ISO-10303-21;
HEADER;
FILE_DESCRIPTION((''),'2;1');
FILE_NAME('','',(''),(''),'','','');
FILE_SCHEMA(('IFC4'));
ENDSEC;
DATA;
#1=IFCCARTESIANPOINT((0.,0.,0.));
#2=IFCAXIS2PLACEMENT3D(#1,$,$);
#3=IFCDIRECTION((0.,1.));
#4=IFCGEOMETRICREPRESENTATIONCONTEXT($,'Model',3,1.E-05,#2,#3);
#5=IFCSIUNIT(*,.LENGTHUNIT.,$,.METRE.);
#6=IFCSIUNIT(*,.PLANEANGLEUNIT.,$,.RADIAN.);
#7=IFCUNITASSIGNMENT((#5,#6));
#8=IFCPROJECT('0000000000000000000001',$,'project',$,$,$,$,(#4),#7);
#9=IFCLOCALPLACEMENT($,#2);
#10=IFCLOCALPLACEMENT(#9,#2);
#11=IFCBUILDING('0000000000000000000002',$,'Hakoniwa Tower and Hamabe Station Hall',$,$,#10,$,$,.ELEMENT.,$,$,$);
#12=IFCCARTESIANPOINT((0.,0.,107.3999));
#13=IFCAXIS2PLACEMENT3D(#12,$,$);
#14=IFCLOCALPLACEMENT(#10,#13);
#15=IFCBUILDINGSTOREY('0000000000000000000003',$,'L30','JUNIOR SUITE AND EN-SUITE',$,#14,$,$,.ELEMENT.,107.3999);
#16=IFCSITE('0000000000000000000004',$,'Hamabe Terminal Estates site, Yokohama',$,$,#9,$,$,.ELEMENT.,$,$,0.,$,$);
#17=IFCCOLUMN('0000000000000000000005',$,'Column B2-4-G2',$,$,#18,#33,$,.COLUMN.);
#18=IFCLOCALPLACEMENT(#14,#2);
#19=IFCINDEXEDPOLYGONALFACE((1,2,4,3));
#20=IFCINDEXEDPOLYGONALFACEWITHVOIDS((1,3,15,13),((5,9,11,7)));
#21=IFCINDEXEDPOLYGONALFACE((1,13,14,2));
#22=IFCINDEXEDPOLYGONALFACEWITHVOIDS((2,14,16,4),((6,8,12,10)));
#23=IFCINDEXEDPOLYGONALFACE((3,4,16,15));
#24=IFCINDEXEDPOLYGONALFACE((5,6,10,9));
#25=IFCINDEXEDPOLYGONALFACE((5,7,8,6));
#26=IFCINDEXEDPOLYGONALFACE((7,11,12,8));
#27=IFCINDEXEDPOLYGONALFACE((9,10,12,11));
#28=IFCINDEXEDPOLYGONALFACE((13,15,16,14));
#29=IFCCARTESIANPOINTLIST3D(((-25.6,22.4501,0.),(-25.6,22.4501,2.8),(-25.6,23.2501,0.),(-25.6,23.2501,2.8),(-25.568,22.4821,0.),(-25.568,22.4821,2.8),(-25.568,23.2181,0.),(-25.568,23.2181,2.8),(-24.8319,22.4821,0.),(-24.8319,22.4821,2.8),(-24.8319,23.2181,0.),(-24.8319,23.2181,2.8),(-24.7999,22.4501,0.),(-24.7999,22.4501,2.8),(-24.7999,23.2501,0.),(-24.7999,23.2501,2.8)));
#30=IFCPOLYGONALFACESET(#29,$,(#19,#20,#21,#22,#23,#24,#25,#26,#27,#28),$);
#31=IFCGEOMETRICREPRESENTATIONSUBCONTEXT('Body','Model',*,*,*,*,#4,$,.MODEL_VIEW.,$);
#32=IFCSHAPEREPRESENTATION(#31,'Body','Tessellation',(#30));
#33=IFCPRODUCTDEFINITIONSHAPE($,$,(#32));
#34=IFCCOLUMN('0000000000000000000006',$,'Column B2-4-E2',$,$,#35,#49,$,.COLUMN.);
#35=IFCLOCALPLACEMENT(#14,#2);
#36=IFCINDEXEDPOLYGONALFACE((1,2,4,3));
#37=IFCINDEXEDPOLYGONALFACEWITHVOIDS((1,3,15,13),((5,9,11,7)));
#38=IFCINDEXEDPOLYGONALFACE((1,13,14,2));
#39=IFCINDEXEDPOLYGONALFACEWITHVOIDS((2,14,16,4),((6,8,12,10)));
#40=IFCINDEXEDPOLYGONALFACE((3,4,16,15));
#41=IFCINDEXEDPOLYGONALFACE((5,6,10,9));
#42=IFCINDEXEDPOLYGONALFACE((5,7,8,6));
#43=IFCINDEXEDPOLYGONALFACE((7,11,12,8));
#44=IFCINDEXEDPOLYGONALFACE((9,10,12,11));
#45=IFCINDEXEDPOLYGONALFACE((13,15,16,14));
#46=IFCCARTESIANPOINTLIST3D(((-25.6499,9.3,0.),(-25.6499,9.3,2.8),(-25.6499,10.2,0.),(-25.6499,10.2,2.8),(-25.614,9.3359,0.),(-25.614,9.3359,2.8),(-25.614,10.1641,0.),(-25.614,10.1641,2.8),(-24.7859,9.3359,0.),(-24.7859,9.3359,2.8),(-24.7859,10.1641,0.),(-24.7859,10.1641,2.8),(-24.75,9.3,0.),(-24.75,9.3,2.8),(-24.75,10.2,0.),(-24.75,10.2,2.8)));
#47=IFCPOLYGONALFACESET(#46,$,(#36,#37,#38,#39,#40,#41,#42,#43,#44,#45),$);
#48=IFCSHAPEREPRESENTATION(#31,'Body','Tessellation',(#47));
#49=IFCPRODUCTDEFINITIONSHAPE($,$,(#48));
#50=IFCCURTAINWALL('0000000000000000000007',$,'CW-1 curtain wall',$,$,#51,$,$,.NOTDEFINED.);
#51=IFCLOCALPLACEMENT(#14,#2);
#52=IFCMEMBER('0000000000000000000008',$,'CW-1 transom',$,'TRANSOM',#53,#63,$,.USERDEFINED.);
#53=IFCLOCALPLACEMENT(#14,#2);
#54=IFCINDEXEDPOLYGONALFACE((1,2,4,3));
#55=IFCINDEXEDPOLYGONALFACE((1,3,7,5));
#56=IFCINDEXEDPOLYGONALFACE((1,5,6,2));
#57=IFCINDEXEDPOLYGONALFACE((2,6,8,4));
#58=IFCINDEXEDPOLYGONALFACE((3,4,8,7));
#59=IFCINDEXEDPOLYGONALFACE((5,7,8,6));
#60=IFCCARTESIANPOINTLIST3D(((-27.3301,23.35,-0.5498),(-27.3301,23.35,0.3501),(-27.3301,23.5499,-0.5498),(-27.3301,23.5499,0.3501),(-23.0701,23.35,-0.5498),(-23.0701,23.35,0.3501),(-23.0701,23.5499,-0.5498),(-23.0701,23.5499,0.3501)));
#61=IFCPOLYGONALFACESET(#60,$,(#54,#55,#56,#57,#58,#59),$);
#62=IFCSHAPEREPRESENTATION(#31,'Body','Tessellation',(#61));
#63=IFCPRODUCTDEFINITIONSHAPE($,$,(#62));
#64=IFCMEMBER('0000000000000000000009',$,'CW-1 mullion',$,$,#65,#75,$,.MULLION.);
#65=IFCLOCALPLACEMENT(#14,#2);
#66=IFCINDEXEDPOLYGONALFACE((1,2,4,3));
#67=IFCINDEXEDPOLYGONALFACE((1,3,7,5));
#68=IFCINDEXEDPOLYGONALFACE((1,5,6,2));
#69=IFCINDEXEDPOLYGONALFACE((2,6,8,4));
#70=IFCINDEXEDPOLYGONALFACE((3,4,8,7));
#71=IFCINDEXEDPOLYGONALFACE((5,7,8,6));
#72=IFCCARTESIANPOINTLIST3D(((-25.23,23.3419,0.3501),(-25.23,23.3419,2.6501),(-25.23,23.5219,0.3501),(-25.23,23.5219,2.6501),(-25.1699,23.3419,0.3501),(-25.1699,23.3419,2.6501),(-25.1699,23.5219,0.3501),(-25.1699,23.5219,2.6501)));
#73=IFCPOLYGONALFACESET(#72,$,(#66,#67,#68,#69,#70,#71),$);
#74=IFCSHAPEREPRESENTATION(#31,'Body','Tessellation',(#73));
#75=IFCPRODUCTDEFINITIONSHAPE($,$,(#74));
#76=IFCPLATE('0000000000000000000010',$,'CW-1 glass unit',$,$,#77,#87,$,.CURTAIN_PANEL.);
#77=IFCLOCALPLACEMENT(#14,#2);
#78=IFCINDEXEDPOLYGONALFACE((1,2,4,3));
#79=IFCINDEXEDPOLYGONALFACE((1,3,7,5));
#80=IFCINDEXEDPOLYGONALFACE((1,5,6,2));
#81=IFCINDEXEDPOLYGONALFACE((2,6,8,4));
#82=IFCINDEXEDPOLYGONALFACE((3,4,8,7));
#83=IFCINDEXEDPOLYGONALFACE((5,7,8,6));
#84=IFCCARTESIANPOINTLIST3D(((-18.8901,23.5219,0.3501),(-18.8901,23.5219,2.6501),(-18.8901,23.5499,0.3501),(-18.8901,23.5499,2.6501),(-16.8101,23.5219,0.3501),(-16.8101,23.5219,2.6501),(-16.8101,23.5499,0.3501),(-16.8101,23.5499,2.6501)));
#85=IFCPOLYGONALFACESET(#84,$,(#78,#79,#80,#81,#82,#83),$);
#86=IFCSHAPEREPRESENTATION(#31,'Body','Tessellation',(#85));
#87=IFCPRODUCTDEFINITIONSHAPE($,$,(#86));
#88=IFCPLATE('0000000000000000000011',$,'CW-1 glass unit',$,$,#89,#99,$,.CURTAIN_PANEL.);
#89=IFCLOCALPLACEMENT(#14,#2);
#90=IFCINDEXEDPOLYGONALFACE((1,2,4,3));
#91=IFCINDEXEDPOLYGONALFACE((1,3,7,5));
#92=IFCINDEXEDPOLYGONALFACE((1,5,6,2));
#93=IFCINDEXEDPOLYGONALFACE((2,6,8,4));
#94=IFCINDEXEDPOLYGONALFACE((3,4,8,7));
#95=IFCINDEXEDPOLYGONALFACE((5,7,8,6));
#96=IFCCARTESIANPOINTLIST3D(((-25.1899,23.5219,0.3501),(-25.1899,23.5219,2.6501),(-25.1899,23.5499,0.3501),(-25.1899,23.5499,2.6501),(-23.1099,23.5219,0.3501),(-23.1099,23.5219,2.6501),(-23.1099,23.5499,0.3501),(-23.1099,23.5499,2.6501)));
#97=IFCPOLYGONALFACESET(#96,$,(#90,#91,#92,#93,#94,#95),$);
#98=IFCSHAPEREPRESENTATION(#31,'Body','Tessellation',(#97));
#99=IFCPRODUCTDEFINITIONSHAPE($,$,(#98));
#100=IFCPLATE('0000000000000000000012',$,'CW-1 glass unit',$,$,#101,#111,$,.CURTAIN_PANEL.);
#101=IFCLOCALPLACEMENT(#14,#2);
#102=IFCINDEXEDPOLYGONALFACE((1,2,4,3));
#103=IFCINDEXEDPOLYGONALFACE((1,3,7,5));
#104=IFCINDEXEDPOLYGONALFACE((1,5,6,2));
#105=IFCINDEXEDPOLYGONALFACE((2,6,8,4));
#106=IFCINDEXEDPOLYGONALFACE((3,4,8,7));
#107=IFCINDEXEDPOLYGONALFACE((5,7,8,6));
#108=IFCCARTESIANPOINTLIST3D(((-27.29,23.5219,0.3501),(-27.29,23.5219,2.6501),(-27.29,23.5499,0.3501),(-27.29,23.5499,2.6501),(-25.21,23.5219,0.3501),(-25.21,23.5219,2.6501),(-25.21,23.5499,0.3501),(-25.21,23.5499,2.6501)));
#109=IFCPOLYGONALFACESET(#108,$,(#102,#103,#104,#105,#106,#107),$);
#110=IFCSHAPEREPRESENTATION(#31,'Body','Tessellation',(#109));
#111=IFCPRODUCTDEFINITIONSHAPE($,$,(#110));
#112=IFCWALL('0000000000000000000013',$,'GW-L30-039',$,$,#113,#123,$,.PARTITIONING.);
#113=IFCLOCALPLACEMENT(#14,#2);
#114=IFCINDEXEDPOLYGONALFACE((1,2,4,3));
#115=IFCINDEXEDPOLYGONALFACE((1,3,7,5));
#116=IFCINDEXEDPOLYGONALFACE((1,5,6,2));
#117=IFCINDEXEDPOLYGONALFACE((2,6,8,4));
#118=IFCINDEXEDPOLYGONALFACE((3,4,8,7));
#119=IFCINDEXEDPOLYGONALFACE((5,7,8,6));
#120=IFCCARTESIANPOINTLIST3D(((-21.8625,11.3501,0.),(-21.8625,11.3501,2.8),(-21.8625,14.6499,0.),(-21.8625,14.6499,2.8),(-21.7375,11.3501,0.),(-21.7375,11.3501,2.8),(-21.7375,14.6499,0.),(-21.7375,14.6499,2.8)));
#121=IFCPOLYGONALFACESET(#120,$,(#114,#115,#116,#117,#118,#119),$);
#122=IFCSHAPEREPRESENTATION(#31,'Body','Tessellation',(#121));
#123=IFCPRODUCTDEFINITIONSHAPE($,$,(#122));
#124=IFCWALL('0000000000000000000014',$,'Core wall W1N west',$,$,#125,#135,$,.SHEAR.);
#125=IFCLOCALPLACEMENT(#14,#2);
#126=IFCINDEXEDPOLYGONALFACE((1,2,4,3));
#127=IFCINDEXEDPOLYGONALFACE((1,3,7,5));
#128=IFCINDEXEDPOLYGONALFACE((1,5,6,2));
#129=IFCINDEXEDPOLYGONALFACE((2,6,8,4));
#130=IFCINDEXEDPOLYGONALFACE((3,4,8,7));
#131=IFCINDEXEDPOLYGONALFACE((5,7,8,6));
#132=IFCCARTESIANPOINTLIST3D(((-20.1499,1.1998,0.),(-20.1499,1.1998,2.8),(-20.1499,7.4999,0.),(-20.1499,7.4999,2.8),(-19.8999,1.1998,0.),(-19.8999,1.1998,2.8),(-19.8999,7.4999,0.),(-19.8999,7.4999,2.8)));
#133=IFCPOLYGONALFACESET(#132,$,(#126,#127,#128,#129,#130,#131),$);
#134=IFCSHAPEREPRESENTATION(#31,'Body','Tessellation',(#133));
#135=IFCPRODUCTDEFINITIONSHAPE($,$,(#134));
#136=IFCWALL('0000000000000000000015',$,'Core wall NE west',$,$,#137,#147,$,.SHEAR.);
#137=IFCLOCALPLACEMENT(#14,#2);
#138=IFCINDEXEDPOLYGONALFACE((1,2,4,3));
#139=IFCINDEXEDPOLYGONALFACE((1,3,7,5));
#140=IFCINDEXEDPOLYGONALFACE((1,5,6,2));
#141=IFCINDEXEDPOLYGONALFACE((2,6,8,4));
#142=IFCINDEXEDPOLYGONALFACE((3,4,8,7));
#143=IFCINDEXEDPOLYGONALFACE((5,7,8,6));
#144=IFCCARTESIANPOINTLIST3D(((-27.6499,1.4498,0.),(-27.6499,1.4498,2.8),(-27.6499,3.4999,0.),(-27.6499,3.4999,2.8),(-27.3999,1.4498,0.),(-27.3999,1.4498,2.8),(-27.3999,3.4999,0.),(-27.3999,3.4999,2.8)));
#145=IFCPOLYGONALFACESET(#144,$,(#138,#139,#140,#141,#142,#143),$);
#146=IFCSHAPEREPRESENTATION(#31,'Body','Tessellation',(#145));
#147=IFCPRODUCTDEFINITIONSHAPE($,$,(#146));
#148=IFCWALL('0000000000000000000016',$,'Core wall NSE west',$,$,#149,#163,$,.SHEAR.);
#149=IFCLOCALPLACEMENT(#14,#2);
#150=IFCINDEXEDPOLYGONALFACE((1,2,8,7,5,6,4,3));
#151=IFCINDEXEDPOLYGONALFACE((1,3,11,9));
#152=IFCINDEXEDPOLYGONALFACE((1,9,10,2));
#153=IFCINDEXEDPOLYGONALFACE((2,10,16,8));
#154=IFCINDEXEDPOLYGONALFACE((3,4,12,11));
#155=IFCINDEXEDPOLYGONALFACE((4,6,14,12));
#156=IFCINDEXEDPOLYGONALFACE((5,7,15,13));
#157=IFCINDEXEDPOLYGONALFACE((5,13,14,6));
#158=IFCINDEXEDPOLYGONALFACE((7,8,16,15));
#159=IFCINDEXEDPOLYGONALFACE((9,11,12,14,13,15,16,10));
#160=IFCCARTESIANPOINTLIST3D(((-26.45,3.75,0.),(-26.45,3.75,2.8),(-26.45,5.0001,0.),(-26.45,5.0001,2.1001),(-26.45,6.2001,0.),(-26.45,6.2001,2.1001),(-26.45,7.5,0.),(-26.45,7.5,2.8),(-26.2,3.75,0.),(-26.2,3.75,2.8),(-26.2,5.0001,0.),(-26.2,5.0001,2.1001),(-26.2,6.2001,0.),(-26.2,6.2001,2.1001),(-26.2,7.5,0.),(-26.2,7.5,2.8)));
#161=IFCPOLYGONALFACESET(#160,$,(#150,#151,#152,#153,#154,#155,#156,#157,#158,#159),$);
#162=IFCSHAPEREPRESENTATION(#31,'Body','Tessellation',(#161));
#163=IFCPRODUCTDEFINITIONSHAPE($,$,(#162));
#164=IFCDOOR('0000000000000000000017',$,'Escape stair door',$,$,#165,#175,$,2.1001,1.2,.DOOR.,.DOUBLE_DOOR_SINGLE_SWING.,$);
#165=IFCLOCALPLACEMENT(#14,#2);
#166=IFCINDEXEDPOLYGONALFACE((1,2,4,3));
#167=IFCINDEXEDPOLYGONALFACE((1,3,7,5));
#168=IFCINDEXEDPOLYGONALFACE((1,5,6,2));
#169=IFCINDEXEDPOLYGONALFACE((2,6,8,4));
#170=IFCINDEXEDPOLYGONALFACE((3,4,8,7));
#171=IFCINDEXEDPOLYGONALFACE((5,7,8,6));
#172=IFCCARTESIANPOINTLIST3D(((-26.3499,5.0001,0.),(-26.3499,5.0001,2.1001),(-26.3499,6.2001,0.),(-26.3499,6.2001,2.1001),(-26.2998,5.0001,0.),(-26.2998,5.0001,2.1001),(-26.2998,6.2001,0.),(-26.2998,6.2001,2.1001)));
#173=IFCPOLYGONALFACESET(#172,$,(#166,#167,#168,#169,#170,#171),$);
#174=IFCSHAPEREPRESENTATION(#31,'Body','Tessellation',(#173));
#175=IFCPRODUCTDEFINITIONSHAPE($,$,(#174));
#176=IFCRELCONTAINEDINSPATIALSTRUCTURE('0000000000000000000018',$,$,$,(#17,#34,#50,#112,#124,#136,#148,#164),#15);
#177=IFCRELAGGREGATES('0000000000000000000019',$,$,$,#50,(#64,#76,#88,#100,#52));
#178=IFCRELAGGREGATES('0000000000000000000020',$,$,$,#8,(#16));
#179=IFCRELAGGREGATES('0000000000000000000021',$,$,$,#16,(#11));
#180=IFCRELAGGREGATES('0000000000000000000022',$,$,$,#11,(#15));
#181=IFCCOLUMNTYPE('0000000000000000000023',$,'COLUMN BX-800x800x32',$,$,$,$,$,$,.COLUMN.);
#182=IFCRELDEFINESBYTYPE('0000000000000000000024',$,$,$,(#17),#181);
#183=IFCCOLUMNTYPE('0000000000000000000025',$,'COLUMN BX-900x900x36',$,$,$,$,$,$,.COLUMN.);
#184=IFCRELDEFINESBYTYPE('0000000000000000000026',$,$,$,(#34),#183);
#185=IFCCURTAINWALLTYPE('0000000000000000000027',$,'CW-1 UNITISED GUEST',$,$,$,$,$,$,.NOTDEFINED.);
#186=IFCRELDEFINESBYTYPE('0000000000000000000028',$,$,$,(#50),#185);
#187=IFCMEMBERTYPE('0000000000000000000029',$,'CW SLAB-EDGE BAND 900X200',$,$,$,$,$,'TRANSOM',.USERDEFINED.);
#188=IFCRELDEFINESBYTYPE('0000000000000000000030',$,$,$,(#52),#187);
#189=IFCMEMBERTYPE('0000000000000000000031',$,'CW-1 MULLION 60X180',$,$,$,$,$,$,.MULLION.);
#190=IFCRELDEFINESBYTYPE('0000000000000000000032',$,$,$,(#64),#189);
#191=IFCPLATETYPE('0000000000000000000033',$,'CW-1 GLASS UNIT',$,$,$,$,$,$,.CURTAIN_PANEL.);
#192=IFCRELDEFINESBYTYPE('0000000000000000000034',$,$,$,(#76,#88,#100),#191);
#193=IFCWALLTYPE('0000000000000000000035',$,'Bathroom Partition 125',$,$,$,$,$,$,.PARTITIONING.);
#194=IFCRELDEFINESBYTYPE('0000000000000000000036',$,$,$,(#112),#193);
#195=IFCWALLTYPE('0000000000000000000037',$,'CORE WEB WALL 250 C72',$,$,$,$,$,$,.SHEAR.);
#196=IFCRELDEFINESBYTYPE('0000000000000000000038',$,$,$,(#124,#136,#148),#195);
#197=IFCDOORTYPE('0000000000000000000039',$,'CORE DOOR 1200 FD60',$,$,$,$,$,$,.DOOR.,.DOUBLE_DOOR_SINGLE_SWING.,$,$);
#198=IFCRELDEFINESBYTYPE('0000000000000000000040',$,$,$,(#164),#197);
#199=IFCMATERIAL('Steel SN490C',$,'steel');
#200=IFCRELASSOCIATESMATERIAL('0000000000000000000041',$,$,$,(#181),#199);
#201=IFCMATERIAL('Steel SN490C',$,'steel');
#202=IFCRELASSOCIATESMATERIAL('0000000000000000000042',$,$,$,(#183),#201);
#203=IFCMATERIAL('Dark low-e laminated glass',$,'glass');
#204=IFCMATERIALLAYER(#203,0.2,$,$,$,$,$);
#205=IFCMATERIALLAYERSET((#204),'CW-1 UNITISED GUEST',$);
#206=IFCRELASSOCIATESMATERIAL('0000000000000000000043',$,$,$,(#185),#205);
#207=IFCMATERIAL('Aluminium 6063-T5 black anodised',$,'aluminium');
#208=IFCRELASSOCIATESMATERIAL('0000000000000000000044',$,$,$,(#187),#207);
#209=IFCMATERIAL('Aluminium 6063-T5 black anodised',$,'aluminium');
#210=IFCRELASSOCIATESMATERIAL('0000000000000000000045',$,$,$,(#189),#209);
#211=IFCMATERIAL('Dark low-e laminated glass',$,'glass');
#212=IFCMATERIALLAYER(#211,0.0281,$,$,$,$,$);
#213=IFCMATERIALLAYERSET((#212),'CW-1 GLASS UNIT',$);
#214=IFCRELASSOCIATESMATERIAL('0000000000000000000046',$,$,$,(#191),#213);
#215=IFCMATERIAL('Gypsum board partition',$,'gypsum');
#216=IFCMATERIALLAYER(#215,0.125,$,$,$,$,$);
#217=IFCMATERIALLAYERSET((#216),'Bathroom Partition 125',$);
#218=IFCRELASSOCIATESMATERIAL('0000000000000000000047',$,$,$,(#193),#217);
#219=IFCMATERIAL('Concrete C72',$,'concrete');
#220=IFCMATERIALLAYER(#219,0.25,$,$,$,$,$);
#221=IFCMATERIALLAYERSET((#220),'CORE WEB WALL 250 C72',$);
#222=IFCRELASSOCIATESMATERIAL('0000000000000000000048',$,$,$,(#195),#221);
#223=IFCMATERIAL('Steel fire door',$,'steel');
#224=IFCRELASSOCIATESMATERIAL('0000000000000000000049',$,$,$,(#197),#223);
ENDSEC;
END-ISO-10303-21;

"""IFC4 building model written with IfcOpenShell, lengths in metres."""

from ifc_helpers import new_model, si_unit, direction, frame, frame_2d, origin, origin_2d, place, context, subcontext, project, spatial, rectangle, hollow_rectangle, extrude, material, layer, layer_set, material_profile, profile_set, type_object, element, fill, aggregate, save


model = new_model("IFC4")

# Units and contexts
model_context = context("Model", 3, precision=1e-05, world=origin(), true_north=direction((0.0, 1.0)))
body_context = subcontext(model_context, "Body", "Model", "MODEL_VIEW")
ifc_project = project(units=[si_unit("LENGTHUNIT", "METRE"), si_unit("PLANEANGLEUNIT", "RADIAN")], contexts=[model_context])

# Site, building, storey
site_placement = place(None, origin())
site = spatial("IfcSite", under=ifc_project, at=site_placement, Name="Hamabe Terminal Estates site, Yokohama", CompositionType="ELEMENT", RefElevation=0.0)
building_placement = place(site_placement, origin())
building = spatial("IfcBuilding", under=site, at=building_placement, Name="Hakoniwa Tower and Hamabe Station Hall", CompositionType="ELEMENT")
storey_placement = place(building_placement, frame((0.0, 0.0, 107.3999)))
storey = spatial("IfcBuildingStorey", under=building, at=storey_placement, Name="L30", Description="JUNIOR SUITE AND EN-SUITE", CompositionType="ELEMENT", Elevation=107.3999)

# Columns
ifc_material_1 = material(Name="Steel SN490C", Category="steel")
ifc_material_profile_1 = material_profile(ifc_material_1, hollow_rectangle(XDim=0.8, YDim=0.8, WallThickness=0.032, at=origin_2d()), Name="BX-800x800x32")
ifc_profile_set_1 = profile_set([ifc_material_profile_1], Name="Steel SN490C")
column_type_1 = type_object("IfcColumnType", Name="COLUMN BX-800x800x32", PredefinedType="COLUMN", material=ifc_profile_set_1)
column_1_placement = place(storey_placement, frame((-25.2, 22.8501, 0.0), z_axis=(0.0, 0.0, 1.0), x_axis=(1.0, 0.0, 0.0)))
element("IfcColumn", 1, at=column_1_placement, inside=storey, type_object=column_type_1, Name="Column B2-4-G2", PredefinedType="COLUMN", context=body_context, shape_type="SweptSolid", body=[
    extrude(hollow_rectangle(XDim=0.8, YDim=0.8, WallThickness=0.032, at=origin_2d()), origin(), (0.0, 0.0, 1.0), 2.8),
])
ifc_material_2 = material(Name="Steel SN490C", Category="steel")
ifc_material_profile_2 = material_profile(ifc_material_2, hollow_rectangle(XDim=0.8999, YDim=0.8999, WallThickness=0.0359, at=origin_2d()), Name="BX-900x900x36")
ifc_profile_set_2 = profile_set([ifc_material_profile_2], Name="Steel SN490C")
column_type_2 = type_object("IfcColumnType", Name="COLUMN BX-900x900x36", PredefinedType="COLUMN", material=ifc_profile_set_2)
column_2_placement = place(storey_placement, frame((-25.2, 9.75, 0.0), z_axis=(0.0, 0.0, 1.0), x_axis=(1.0, 0.0, 0.0)))
element("IfcColumn", 2, at=column_2_placement, inside=storey, type_object=column_type_2, Name="Column B2-4-E2", PredefinedType="COLUMN", context=body_context, shape_type="SweptSolid", body=[
    extrude(hollow_rectangle(XDim=0.8999, YDim=0.8999, WallThickness=0.0359, at=origin_2d()), origin(), (0.0, 0.0, 1.0), 2.8),
])

# Curtain wall, members, plates
ifc_material_3 = material(Name="Dark low-e laminated glass", Category="glass")
ifc_layer_1 = layer(ifc_material_3, 0.2)
ifc_layer_set_1 = layer_set([ifc_layer_1], Name="CW-1 UNITISED GUEST")
curtain_wall_type = type_object("IfcCurtainWallType", Name="CW-1 UNITISED GUEST", PredefinedType="NOTDEFINED", material=ifc_layer_set_1)
curtain_wall_placement = place(storey_placement, origin())
curtain_wall = element("IfcCurtainWall", 3, at=curtain_wall_placement, inside=storey, type_object=curtain_wall_type, Name="CW-1 curtain wall", PredefinedType="NOTDEFINED")
ifc_material_4 = material(Name="Aluminium 6063-T5 black anodised", Category="aluminium")
ifc_material_profile_3 = material_profile(ifc_material_4, rectangle(XDim=0.2, YDim=0.8999, at=origin_2d()), Name="CW SLAB-EDGE BAND 900X200")
ifc_profile_set_3 = profile_set([ifc_material_profile_3], Name="Aluminium 6063-T5 black anodised")
member_type_1 = type_object("IfcMemberType", Name="CW SLAB-EDGE BAND 900X200", ElementType="TRANSOM", PredefinedType="USERDEFINED", material=ifc_profile_set_3)
member_1_placement = place(storey_placement, frame((-23.0701, 23.45, -0.0999), z_axis=(-1.0, 0.0, 0.0), x_axis=(0.0, -1.0, 0.0)))
member_1 = element("IfcMember", 4, at=member_1_placement, type_object=member_type_1, Name="CW-1 transom", ObjectType="TRANSOM", PredefinedType="USERDEFINED", context=body_context, shape_type="SweptSolid", body=[
    extrude(rectangle(XDim=0.2, YDim=0.8999, at=origin_2d()), origin(), (0.0, 0.0, 1.0), 4.26),
])
ifc_material_5 = material(Name="Aluminium 6063-T5 black anodised", Category="aluminium")
ifc_material_profile_4 = material_profile(ifc_material_5, rectangle(XDim=0.0601, YDim=0.1799, at=origin_2d()), Name="CW-1 MULLION 60X180")
ifc_profile_set_4 = profile_set([ifc_material_profile_4], Name="Aluminium 6063-T5 black anodised")
member_type_2 = type_object("IfcMemberType", Name="CW-1 MULLION 60X180", PredefinedType="MULLION", material=ifc_profile_set_4)
member_2_placement = place(storey_placement, frame((-25.2, 23.4319, 0.3501), z_axis=(0.0, 0.0, 1.0), x_axis=(-1.0, 0.0, 0.0)))
member_2 = element("IfcMember", 5, at=member_2_placement, type_object=member_type_2, Name="CW-1 mullion", PredefinedType="MULLION", context=body_context, shape_type="SweptSolid", body=[
    extrude(rectangle(XDim=0.0601, YDim=0.1799, at=origin_2d()), origin(), (0.0, 0.0, 1.0), 2.3),
])
ifc_material_6 = material(Name="Dark low-e laminated glass", Category="glass")
ifc_layer_2 = layer(ifc_material_6, 0.0281)
ifc_layer_set_2 = layer_set([ifc_layer_2], Name="CW-1 GLASS UNIT")
plate_type = type_object("IfcPlateType", Name="CW-1 GLASS UNIT", PredefinedType="CURTAIN_PANEL", material=ifc_layer_set_2)
plate_1_placement = place(storey_placement, frame((-17.8501, 23.5359, 0.3501), z_axis=(0.0, 0.0, 1.0), x_axis=(-1.0, 0.0, 0.0)))
plate_1 = element("IfcPlate", 6, at=plate_1_placement, type_object=plate_type, Name="CW-1 glass unit", PredefinedType="CURTAIN_PANEL", context=body_context, shape_type="SweptSolid", body=[
    extrude(rectangle(XDim=2.0801, YDim=0.0281, at=origin_2d()), origin(), (0.0, 0.0, 1.0), 2.3),
])
plate_2_placement = place(storey_placement, frame((-24.1499, 23.5359, 0.3501), z_axis=(0.0, 0.0, 1.0), x_axis=(-1.0, 0.0, 0.0)))
plate_2 = element("IfcPlate", 7, at=plate_2_placement, type_object=plate_type, Name="CW-1 glass unit", PredefinedType="CURTAIN_PANEL", context=body_context, shape_type="SweptSolid", body=[
    extrude(rectangle(XDim=2.0801, YDim=0.0281, at=origin_2d()), origin(), (0.0, 0.0, 1.0), 2.3),
])
plate_3_placement = place(storey_placement, frame((-26.25, 23.5359, 0.3501), z_axis=(0.0, 0.0, 1.0), x_axis=(-1.0, 0.0, 0.0)))
plate_3 = element("IfcPlate", 8, at=plate_3_placement, type_object=plate_type, Name="CW-1 glass unit", PredefinedType="CURTAIN_PANEL", context=body_context, shape_type="SweptSolid", body=[
    extrude(rectangle(XDim=2.0801, YDim=0.0281, at=origin_2d()), origin(), (0.0, 0.0, 1.0), 2.3),
])

# Walls
ifc_material_7 = material(Name="Gypsum board partition", Category="gypsum")
ifc_layer_3 = layer(ifc_material_7, 0.125)
ifc_layer_set_3 = layer_set([ifc_layer_3], Name="Bathroom Partition 125")
wall_type_1 = type_object("IfcWallType", Name="Bathroom Partition 125", PredefinedType="PARTITIONING", material=ifc_layer_set_3)
wall_1_placement = place(storey_placement, frame((-21.8, 11.3501, 0.0), z_axis=(0.0, 0.0, 1.0), x_axis=(0.0, 1.0, 0.0)))
element("IfcWall", 9, at=wall_1_placement, inside=storey, type_object=wall_type_1, Name="GW-L30-039", PredefinedType="PARTITIONING", context=body_context, shape_type="SweptSolid", body=[
    extrude(rectangle(XDim=3.2998, YDim=0.125, at=frame_2d((1.6499, 0.0))), origin(), (0.0, 0.0, 1.0), 2.8),
])
ifc_material_8 = material(Name="Concrete C72", Category="concrete")
ifc_layer_4 = layer(ifc_material_8, 0.25)
ifc_layer_set_4 = layer_set([ifc_layer_4], Name="CORE WEB WALL 250 C72")
wall_type_2 = type_object("IfcWallType", Name="CORE WEB WALL 250 C72", PredefinedType="SHEAR", material=ifc_layer_set_4)
wall_2_placement = place(storey_placement, frame((-20.0249, 1.2, 0.0), z_axis=(0.0, 0.0, 1.0), x_axis=(0.0, 1.0, 0.0)))
element("IfcWall", 10, at=wall_2_placement, inside=storey, type_object=wall_type_2, Name="Core wall W1N west", PredefinedType="SHEAR", context=body_context, shape_type="SweptSolid", body=[
    extrude(rectangle(XDim=6.3, YDim=0.25, at=frame_2d((3.1499, 0.0))), origin(), (0.0, 0.0, 1.0), 2.8),
])
wall_3_placement = place(storey_placement, frame((-27.5249, 1.45, 0.0), z_axis=(0.0, 0.0, 1.0), x_axis=(0.0, 1.0, 0.0)))
element("IfcWall", 11, at=wall_3_placement, inside=storey, type_object=wall_type_2, Name="Core wall NE west", PredefinedType="SHEAR", context=body_context, shape_type="SweptSolid", body=[
    extrude(rectangle(XDim=2.05, YDim=0.25, at=frame_2d((1.0249, 0.0))), origin(), (0.0, 0.0, 1.0), 2.8),
])

# Wall, opening, door
wall_4_placement = place(storey_placement, frame((-26.325, 3.75, 0.0), z_axis=(0.0, 0.0, 1.0), x_axis=(0.0, 1.0, 0.0)))
wall_4 = element("IfcWall", 12, at=wall_4_placement, inside=storey, type_object=wall_type_2, Name="Core wall NSE west", PredefinedType="SHEAR", context=body_context, shape_type="SweptSolid", body=[
    extrude(rectangle(XDim=3.75, YDim=0.25, at=frame_2d((1.875, 0.0))), origin(), (0.0, 0.0, 1.0), 2.8),
])
opening_1_placement = place(wall_4_placement, frame((1.25, 0.0, 0.0)))
opening_1 = element("IfcOpeningElement", 13, at=opening_1_placement, cuts=wall_4, PredefinedType="OPENING", context=body_context, shape_type="SweptSolid", body=[
    extrude(rectangle(XDim=1.2, YDim=2.1001, at=frame_2d((0.6001, 1.05))), frame((0.0, 0.135, 0.0), z_axis=(0.0, -1.0, 0.0), x_axis=(1.0, 0.0, 0.0)), (0.0, 0.0, 1.0), 0.27),
])
ifc_material_9 = material(Name="Steel fire door", Category="steel")
door_type_1 = type_object("IfcDoorType", Name="CORE DOOR 1200 FD60", OperationType="DOUBLE_DOOR_SINGLE_SWING", PredefinedType="DOOR", material=ifc_material_9)
door_1_placement = place(opening_1_placement, origin())
door_1 = element("IfcDoor", 14, at=door_1_placement, inside=storey, type_object=door_type_1, Name="Escape stair door", OperationType="DOUBLE_DOOR_SINGLE_SWING", OverallHeight=2.1001, OverallWidth=1.2, PredefinedType="DOOR", context=body_context, shape_type="SweptSolid", body=[
    extrude(rectangle(XDim=1.2, YDim=2.1001, at=frame_2d((0.6001, 1.05))), frame((0.0, 0.0249, 0.0), z_axis=(0.0, -1.0, 0.0), x_axis=(1.0, 0.0, 0.0)), (0.0, 0.0, 1.0), 0.05),
])
fill(opening_1, door_1)

aggregate(curtain_wall, [member_2, plate_1, plate_2, plate_3, member_1])

save(model, "model.ifc")
